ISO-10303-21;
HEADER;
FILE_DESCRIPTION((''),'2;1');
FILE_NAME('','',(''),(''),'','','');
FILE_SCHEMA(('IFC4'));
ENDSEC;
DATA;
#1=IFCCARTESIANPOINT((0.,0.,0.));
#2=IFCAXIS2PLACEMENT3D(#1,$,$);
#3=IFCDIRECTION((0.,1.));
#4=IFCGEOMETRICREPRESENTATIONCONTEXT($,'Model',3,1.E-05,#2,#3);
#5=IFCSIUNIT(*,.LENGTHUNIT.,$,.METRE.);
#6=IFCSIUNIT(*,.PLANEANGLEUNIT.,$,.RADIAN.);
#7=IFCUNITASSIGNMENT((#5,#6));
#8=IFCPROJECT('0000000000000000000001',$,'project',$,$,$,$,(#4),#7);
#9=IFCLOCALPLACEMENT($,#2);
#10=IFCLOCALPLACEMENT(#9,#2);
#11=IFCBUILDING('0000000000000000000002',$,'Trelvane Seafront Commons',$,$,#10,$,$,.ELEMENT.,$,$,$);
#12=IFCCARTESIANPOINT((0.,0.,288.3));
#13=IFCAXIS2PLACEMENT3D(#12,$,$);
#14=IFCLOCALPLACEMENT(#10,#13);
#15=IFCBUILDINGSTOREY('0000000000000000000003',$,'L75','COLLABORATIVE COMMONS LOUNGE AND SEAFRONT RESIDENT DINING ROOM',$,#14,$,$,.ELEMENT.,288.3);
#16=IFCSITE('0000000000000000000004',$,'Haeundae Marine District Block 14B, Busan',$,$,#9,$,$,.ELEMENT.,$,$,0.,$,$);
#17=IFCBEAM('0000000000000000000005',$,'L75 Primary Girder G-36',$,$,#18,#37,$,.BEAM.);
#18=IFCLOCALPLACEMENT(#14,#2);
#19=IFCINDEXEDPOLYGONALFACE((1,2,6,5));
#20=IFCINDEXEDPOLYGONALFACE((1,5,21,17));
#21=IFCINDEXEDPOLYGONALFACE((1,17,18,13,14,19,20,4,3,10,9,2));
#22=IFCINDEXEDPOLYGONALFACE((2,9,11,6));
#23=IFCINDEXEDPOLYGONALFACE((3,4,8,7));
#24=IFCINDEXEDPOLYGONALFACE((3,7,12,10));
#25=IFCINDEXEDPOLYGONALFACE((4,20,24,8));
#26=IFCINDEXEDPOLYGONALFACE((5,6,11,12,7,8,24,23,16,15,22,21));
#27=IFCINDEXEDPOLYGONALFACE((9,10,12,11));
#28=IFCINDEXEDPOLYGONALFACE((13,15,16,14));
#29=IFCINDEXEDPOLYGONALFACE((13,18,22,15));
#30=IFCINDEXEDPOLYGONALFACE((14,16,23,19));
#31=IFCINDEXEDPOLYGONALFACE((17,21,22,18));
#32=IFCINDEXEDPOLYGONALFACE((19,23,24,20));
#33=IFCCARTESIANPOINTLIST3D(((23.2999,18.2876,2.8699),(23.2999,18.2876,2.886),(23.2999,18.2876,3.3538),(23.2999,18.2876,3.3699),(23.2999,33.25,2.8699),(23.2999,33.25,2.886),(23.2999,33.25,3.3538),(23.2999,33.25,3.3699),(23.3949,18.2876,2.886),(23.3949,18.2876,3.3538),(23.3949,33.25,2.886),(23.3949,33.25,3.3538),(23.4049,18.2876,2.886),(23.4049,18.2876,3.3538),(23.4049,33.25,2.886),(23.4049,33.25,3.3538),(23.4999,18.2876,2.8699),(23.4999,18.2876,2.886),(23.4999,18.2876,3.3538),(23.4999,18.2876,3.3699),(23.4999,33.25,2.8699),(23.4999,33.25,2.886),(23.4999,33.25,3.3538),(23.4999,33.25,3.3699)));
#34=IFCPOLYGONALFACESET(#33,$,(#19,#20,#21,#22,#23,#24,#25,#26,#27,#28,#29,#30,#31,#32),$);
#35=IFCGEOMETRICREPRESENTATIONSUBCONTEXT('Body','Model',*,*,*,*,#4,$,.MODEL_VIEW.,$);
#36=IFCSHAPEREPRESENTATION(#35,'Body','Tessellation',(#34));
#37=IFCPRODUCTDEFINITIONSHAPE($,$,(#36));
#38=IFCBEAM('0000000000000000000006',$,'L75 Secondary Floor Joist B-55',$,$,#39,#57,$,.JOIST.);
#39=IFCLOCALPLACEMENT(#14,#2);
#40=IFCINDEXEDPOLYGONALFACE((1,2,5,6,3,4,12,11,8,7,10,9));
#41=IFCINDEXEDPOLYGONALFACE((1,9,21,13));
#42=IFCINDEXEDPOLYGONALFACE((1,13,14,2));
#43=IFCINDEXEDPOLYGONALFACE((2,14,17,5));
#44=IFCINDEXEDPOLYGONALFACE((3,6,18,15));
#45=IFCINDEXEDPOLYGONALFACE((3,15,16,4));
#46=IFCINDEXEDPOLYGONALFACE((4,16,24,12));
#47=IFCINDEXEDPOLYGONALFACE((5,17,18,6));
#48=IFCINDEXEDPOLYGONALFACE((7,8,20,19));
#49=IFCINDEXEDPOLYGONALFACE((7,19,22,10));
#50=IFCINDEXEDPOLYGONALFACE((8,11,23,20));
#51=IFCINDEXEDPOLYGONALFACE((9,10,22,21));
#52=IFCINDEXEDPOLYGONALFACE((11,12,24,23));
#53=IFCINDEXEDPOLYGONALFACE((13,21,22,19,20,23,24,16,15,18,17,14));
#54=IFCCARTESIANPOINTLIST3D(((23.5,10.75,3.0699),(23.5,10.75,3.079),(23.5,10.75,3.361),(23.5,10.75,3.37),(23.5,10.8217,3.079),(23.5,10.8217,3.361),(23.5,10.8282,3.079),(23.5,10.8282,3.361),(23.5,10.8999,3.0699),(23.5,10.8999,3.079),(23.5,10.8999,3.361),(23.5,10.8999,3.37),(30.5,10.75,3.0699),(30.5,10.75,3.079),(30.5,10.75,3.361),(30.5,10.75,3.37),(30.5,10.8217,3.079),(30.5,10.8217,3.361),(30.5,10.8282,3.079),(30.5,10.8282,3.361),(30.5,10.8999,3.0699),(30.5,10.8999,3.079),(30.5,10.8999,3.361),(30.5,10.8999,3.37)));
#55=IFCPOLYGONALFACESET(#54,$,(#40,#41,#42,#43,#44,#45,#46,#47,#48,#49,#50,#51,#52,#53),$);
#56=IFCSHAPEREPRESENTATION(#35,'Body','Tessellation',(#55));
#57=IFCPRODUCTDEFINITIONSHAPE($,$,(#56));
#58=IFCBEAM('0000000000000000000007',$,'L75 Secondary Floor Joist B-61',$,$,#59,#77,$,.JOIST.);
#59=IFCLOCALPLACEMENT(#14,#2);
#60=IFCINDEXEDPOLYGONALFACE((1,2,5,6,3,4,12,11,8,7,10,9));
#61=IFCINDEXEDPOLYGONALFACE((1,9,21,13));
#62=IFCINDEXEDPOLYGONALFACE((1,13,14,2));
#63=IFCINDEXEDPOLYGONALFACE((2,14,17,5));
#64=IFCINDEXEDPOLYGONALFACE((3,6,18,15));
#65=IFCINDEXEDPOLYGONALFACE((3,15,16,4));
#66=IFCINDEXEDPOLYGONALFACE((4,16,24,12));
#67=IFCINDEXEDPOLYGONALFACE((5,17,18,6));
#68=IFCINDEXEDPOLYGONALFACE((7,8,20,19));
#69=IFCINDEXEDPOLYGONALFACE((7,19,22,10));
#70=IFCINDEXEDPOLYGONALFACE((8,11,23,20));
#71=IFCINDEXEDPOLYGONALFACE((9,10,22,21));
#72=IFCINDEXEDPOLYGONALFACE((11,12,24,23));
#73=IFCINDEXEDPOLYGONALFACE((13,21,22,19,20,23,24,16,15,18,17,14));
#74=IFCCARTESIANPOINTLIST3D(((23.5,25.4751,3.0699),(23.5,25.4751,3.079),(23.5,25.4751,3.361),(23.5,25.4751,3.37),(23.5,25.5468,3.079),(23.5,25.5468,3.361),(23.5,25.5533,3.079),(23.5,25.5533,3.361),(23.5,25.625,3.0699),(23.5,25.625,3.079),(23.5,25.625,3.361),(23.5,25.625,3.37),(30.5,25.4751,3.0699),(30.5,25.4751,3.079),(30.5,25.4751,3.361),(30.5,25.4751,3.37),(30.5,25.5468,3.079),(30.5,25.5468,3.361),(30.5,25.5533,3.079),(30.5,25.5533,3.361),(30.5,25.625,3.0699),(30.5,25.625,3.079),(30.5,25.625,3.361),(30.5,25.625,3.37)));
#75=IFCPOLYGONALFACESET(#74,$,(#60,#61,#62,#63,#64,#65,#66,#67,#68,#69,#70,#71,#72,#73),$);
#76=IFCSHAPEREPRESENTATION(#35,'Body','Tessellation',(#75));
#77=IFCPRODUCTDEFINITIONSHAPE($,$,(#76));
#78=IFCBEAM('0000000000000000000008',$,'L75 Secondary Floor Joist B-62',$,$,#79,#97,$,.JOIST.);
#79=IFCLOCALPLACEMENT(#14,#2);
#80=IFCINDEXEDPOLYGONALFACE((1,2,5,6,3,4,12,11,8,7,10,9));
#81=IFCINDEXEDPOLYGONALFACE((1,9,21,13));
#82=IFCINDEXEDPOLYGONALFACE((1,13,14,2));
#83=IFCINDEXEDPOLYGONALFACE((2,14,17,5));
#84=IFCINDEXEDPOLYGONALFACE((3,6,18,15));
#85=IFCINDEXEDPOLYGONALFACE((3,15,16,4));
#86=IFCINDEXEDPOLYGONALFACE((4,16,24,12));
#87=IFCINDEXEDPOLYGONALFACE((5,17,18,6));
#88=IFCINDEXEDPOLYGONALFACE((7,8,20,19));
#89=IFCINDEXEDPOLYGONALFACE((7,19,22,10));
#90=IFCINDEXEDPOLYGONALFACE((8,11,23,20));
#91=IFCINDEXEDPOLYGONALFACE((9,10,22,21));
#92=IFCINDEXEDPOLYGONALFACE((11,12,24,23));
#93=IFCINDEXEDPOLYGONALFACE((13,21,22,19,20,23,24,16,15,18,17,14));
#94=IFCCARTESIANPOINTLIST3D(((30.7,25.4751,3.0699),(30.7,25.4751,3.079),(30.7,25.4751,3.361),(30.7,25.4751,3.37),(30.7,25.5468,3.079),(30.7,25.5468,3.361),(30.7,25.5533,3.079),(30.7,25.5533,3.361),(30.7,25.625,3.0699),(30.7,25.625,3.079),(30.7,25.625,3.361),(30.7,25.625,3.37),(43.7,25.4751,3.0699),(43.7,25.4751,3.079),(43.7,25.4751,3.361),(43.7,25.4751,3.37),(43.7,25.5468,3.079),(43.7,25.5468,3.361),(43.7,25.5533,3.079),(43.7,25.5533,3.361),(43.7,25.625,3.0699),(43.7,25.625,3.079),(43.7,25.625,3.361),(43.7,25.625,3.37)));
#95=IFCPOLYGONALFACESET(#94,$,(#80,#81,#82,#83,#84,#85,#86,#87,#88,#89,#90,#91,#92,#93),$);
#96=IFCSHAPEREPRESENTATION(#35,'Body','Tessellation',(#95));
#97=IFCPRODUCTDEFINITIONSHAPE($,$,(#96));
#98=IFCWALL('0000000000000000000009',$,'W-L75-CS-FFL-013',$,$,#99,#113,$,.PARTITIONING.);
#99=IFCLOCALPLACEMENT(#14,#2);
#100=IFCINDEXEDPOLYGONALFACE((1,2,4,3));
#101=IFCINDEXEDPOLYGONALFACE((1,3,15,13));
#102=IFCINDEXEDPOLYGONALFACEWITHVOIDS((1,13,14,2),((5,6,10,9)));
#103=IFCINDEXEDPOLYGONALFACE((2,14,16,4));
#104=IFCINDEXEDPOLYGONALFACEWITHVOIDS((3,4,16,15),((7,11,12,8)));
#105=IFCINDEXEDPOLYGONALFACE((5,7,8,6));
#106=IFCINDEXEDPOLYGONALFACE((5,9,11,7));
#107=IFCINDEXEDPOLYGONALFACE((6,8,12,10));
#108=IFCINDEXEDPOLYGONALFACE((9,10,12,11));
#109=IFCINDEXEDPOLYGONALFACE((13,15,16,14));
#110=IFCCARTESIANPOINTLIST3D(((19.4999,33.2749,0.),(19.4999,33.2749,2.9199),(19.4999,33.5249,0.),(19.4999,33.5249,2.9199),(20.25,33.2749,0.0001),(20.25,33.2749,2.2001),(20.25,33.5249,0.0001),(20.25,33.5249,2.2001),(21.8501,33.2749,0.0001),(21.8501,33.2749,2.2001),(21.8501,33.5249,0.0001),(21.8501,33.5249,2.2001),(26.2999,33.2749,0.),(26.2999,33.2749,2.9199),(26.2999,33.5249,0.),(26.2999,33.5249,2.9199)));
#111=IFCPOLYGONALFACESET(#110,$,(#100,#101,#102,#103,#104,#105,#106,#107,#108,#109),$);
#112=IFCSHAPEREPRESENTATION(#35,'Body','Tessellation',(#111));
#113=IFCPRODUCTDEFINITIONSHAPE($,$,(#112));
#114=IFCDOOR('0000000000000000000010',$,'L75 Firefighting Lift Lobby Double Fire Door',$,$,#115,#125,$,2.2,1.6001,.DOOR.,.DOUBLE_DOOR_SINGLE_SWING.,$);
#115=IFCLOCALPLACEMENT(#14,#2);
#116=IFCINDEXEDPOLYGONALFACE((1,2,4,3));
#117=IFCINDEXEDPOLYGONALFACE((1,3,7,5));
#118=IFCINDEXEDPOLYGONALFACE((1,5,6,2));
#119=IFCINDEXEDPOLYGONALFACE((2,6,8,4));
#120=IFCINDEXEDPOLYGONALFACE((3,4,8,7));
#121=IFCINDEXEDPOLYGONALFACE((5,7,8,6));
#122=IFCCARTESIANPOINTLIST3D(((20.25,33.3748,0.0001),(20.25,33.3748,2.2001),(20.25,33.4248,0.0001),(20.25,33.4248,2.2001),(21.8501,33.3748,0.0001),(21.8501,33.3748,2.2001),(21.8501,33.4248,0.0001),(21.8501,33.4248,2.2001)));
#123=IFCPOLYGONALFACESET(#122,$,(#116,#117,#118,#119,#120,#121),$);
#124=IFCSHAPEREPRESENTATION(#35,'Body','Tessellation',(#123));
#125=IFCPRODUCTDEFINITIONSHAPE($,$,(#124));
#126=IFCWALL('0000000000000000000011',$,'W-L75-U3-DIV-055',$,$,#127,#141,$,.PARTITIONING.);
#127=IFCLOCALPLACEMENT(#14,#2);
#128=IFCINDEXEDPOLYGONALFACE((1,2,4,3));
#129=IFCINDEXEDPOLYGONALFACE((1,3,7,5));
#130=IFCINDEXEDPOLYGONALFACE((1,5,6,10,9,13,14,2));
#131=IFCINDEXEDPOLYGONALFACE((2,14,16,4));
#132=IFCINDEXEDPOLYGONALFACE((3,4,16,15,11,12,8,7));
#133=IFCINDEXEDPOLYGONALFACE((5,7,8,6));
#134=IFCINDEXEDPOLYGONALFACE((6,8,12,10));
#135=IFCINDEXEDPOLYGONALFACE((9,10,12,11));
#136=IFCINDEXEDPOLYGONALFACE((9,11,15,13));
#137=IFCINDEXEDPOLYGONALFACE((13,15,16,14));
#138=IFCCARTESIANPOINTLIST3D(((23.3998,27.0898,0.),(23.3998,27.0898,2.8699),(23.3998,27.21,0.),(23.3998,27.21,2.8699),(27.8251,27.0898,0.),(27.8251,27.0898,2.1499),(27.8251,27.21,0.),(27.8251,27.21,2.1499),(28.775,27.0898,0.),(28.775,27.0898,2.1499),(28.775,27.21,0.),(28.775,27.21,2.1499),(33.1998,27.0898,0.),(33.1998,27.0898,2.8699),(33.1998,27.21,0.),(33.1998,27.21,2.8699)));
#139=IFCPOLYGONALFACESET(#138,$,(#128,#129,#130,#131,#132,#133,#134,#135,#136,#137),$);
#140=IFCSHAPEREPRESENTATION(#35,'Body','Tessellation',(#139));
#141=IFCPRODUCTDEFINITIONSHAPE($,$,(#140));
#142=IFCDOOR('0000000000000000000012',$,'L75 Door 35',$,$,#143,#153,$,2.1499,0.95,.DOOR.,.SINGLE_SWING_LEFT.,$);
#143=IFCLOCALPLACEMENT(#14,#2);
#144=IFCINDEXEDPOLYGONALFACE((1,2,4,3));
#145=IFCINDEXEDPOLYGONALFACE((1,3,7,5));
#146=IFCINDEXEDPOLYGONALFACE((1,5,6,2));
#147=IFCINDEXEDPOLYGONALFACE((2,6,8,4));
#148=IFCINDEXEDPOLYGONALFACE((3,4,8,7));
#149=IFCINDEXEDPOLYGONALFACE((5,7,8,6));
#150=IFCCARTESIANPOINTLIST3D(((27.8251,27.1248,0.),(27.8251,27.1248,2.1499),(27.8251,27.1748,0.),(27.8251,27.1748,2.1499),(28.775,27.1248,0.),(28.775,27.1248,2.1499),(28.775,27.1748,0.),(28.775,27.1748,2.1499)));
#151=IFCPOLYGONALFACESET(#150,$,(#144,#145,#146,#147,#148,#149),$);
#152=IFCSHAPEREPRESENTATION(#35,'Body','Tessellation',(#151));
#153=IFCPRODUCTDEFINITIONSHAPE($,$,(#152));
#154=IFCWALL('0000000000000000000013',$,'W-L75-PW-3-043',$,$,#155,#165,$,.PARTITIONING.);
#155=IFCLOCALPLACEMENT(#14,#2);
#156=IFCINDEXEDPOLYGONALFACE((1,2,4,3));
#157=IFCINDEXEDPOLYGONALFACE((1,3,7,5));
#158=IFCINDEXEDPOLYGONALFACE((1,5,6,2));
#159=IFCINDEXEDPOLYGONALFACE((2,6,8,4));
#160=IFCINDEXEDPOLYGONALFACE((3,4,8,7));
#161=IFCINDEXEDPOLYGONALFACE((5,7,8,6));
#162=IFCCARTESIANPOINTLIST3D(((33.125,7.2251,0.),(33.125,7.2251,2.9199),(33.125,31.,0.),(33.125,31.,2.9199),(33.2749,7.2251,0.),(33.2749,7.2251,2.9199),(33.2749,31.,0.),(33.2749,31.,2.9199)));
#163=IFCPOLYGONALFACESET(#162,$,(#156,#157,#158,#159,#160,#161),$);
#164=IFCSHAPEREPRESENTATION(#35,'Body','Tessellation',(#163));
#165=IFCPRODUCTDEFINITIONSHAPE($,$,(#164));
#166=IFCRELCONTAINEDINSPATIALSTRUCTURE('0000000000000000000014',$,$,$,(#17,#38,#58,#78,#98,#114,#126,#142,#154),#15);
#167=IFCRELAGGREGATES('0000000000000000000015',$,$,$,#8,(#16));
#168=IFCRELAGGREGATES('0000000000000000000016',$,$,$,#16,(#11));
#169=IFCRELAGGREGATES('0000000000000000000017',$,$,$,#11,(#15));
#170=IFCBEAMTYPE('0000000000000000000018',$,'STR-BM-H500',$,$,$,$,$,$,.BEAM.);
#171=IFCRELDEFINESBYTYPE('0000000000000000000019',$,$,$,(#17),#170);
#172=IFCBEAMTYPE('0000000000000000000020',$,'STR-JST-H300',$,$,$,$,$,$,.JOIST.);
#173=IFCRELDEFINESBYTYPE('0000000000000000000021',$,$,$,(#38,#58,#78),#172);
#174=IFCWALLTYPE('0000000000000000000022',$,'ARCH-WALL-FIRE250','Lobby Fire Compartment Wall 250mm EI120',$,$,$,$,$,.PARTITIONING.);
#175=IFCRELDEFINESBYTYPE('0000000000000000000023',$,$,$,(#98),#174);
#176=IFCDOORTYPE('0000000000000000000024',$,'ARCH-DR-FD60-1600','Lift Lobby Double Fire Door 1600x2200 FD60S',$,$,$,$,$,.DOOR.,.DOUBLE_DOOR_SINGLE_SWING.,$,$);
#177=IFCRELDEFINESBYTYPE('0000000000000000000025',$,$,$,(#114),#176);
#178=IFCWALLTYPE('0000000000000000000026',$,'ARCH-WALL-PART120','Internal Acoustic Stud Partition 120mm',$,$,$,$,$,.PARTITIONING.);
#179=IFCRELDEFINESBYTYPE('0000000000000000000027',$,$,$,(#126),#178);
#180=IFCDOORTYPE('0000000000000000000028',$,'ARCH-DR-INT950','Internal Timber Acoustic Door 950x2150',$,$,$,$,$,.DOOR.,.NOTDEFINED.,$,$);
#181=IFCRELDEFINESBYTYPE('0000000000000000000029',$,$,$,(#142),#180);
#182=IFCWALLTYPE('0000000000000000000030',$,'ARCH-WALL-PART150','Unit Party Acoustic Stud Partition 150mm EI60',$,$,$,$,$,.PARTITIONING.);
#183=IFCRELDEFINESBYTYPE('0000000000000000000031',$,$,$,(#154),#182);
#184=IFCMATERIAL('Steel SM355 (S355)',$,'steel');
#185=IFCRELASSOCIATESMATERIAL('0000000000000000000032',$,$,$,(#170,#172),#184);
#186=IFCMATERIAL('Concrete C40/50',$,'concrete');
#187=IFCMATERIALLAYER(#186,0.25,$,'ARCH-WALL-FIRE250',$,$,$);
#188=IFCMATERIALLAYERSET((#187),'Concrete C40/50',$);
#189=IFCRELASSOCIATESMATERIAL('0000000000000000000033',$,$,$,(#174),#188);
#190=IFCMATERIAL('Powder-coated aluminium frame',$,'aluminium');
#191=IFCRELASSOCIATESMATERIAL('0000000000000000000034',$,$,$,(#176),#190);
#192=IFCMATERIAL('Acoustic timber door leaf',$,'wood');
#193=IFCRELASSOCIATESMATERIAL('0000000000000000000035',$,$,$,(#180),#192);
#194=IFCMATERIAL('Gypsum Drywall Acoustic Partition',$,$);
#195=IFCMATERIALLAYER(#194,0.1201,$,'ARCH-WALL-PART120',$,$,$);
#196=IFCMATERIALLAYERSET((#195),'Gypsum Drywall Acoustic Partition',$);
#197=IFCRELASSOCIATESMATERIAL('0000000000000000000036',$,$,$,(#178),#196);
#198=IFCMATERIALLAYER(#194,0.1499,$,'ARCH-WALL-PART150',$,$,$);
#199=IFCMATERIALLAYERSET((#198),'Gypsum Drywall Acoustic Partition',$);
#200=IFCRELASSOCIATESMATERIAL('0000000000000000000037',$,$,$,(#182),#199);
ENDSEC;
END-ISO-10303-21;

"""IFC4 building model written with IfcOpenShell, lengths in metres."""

from ifc_helpers import new_model, si_unit, direction, frame, frame_2d, origin, origin_2d, place, context, subcontext, project, spatial, rectangle, i_section, extrude, source, transform, mapped, material, layer, layer_set, material_profile, profile_set, type_object, element, fill, save


model = new_model("IFC4")

# Units and contexts
model_context = context("Model", 3, precision=1e-05, world=origin(), true_north=direction((0.0, 1.0)))
body_context = subcontext(model_context, "Body", "Model", "MODEL_VIEW")
ifc_project = project(units=[si_unit("LENGTHUNIT", "METRE"), si_unit("PLANEANGLEUNIT", "RADIAN")], contexts=[model_context])

# Site, building, storey
site_placement = place(None, origin())
site = spatial("IfcSite", under=ifc_project, at=site_placement, Name="Haeundae Marine District Block 14B, Busan", CompositionType="ELEMENT", RefElevation=0.0)
building_placement = place(site_placement, origin())
building = spatial("IfcBuilding", under=site, at=building_placement, Name="Trelvane Seafront Commons", CompositionType="ELEMENT")
storey_placement = place(building_placement, frame((0.0, 0.0, 288.3)))
storey = spatial("IfcBuildingStorey", under=building, at=storey_placement, Name="L75", Description="COLLABORATIVE COMMONS LOUNGE AND SEAFRONT RESIDENT DINING ROOM", CompositionType="ELEMENT", Elevation=288.3)

# Shared definitions
ifc_material_1 = material(Name="Steel SM355 (S355)", Category="steel")

# Beams
ifc_material_profile_1 = material_profile(ifc_material_1, i_section(OverallWidth=0.2, OverallDepth=0.5, WebThickness=0.01, FlangeThickness=0.0161, at=origin_2d()), Name="H-500x200x10x16")
ifc_profile_set_1 = profile_set([ifc_material_profile_1], Name="Steel SM355 (S355)")
beam_type_1 = type_object("IfcBeamType", Name="STR-BM-H500", PredefinedType="BEAM", material=ifc_profile_set_1)
shared_shape_1 = source(origin(), body_context, "Body", "SweptSolid", [
    extrude(i_section(OverallWidth=0.2, OverallDepth=0.5, WebThickness=0.01, FlangeThickness=0.0161, at=origin_2d()), origin(), (0.0, 0.0, 1.0), 14.9624),
])
beam_1_placement = place(storey_placement, frame((23.3999, 18.2876, 3.1199), z_axis=(0.0, 1.0, 0.0), x_axis=(-1.0, 0.0, 0.0)))
element("IfcBeam", 1, at=beam_1_placement, inside=storey, type_object=beam_type_1, Name="L75 Primary Girder G-36", PredefinedType="BEAM", context=body_context, shape_type="MappedRepresentation", body=[
    mapped(shared_shape_1, transform((0.0, 0.0, 0.0), x_axis=(1.0, 0.0, 0.0), y_axis=(0.0, 1.0, 0.0), z_axis=(0.0, 0.0, 1.0), scale=1.0)),
])
ifc_material_profile_2 = material_profile(ifc_material_1, i_section(OverallWidth=0.1499, OverallDepth=0.3, WebThickness=0.0066, FlangeThickness=0.009, at=origin_2d()), Name="H-300x150x6.5x9")
ifc_profile_set_2 = profile_set([ifc_material_profile_2], Name="Steel SM355 (S355)")
beam_type_2 = type_object("IfcBeamType", Name="STR-JST-H300", PredefinedType="JOIST", material=ifc_profile_set_2)
shared_shape_2 = source(origin(), body_context, "Body", "SweptSolid", [
    extrude(i_section(OverallWidth=0.1499, OverallDepth=0.3, WebThickness=0.0066, FlangeThickness=0.009, at=origin_2d()), origin(), (0.0, 0.0, 1.0), 7.0),
])
for number, where, z_axis, x_axis, name in (
    (2, (23.5, 10.825, 3.22), (1.0, 0.0, 0.0), (0.0, 1.0, 0.0), "L75 Secondary Floor Joist B-55"),
    (3, (23.5, 25.55, 3.22), (1.0, 0.0, 0.0), (0.0, 1.0, 0.0), "L75 Secondary Floor Joist B-61"),
):
    element("IfcBeam", number, at=place(storey_placement, frame(where, z_axis=z_axis, x_axis=x_axis)), inside=storey, type_object=beam_type_2, Name=name, PredefinedType="JOIST", context=body_context, shape_type="MappedRepresentation", body=[
        mapped(shared_shape_2, transform((0.0, 0.0, 0.0), x_axis=(1.0, 0.0, 0.0), y_axis=(0.0, 1.0, 0.0), z_axis=(0.0, 0.0, 1.0), scale=1.0)),
    ])
shared_shape_3 = source(origin(), body_context, "Body", "SweptSolid", [
    extrude(i_section(OverallWidth=0.1499, OverallDepth=0.3, WebThickness=0.0066, FlangeThickness=0.009, at=origin_2d()), origin(), (0.0, 0.0, 1.0), 13.0),
])
beam_2_placement = place(storey_placement, frame((30.7, 25.55, 3.22), z_axis=(1.0, 0.0, 0.0), x_axis=(0.0, 1.0, 0.0)))
element("IfcBeam", 4, at=beam_2_placement, inside=storey, type_object=beam_type_2, Name="L75 Secondary Floor Joist B-62", PredefinedType="JOIST", context=body_context, shape_type="MappedRepresentation", body=[
    mapped(shared_shape_3, transform((0.0, 0.0, 0.0), x_axis=(1.0, 0.0, 0.0), y_axis=(0.0, 1.0, 0.0), z_axis=(0.0, 0.0, 1.0), scale=1.0)),
])

# Walls, openings, doors
ifc_material_2 = material(Name="Concrete C40/50", Category="concrete")
ifc_layer_1 = layer(ifc_material_2, 0.25, Name="ARCH-WALL-FIRE250")
ifc_layer_set_1 = layer_set([ifc_layer_1], Name="Concrete C40/50")
wall_type_1 = type_object("IfcWallType", Name="ARCH-WALL-FIRE250", Description="Lobby Fire Compartment Wall 250mm EI120", PredefinedType="PARTITIONING", material=ifc_layer_set_1)
wall_1_placement = place(storey_placement, frame((19.5, 33.3999, 0.0), z_axis=(0.0, 0.0, 1.0), x_axis=(1.0, 0.0, 0.0)))
wall_1 = element("IfcWall", 5, at=wall_1_placement, inside=storey, type_object=wall_type_1, Name="W-L75-CS-FFL-013", PredefinedType="PARTITIONING", context=body_context, shape_type="SweptSolid", body=[
    extrude(rectangle(XDim=6.8, YDim=0.25, at=frame_2d((3.3999, 0.0))), origin(), (0.0, 0.0, 1.0), 2.9199),
])
opening_1_placement = place(wall_1_placement, frame((0.75, 0.0, 0.0)))
opening_1 = element("IfcOpeningElement", 6, at=opening_1_placement, cuts=wall_1, PredefinedType="OPENING", context=body_context, shape_type="SweptSolid", body=[
    extrude(rectangle(XDim=1.6001, YDim=2.2, at=frame_2d((0.8, 1.1001))), frame((0.0, 0.135, 0.0), z_axis=(0.0, -1.0, 0.0), x_axis=(1.0, 0.0, 0.0)), (0.0, 0.0, 1.0), 0.27),
])
ifc_material_3 = material(Name="Powder-coated aluminium frame", Category="aluminium")
door_type_1 = type_object("IfcDoorType", Name="ARCH-DR-FD60-1600", Description="Lift Lobby Double Fire Door 1600x2200 FD60S", OperationType="DOUBLE_DOOR_SINGLE_SWING", PredefinedType="DOOR", material=ifc_material_3)
shared_shape_4 = source(origin(), body_context, "Body", "SweptSolid", [
    extrude(rectangle(XDim=1.6001, YDim=2.2, at=frame_2d((0.8, 1.1001))), frame((0.0, 0.0249, 0.0), z_axis=(0.0, -1.0, 0.0), x_axis=(1.0, 0.0, 0.0)), (0.0, 0.0, 1.0), 0.05),
])
door_1_placement = place(opening_1_placement, origin())
door_1 = element("IfcDoor", 7, at=door_1_placement, inside=storey, type_object=door_type_1, Name="L75 Firefighting Lift Lobby Double Fire Door", OperationType="DOUBLE_DOOR_SINGLE_SWING", OverallHeight=2.2, OverallWidth=1.6001, PredefinedType="DOOR", context=body_context, shape_type="MappedRepresentation", body=[
    mapped(shared_shape_4, transform((0.0, 0.0, 0.0), x_axis=(1.0, 0.0, 0.0), y_axis=(0.0, 1.0, 0.0), z_axis=(0.0, 0.0, 1.0), scale=1.0)),
])
fill(opening_1, door_1)
ifc_material_4 = material(Name="Acoustic timber door leaf", Category="wood")
door_type_2 = type_object("IfcDoorType", Name="ARCH-DR-INT950", Description="Internal Timber Acoustic Door 950x2150", OperationType="NOTDEFINED", PredefinedType="DOOR", material=ifc_material_4)
shared_shape_5 = source(origin(), body_context, "Body", "SweptSolid", [
    extrude(rectangle(XDim=0.95, YDim=2.1499, at=frame_2d((0.4751, 1.075))), frame((0.0, 0.0249, 0.0), z_axis=(0.0, -1.0, 0.0), x_axis=(1.0, 0.0, 0.0)), (0.0, 0.0, 1.0), 0.05),
])
ifc_material_5 = material(Name="Gypsum Drywall Acoustic Partition")
ifc_layer_2 = layer(ifc_material_5, 0.1201, Name="ARCH-WALL-PART120")
ifc_layer_set_2 = layer_set([ifc_layer_2], Name="Gypsum Drywall Acoustic Partition")
wall_type_2 = type_object("IfcWallType", Name="ARCH-WALL-PART120", Description="Internal Acoustic Stud Partition 120mm", PredefinedType="PARTITIONING", material=ifc_layer_set_2)
wall_2_placement = place(storey_placement, frame((23.3999, 27.1499, 0.0), z_axis=(0.0, 0.0, 1.0), x_axis=(1.0, 0.0, 0.0)))
wall_2 = element("IfcWall", 8, at=wall_2_placement, inside=storey, type_object=wall_type_2, Name="W-L75-U3-DIV-055", PredefinedType="PARTITIONING", context=body_context, shape_type="SweptSolid", body=[
    extrude(rectangle(XDim=9.8, YDim=0.1201, at=frame_2d((4.8999, 0.0))), origin(), (0.0, 0.0, 1.0), 2.8699),
])
opening_2_placement = place(wall_2_placement, frame((4.425, 0.0, 0.0)))
opening_2 = element("IfcOpeningElement", 9, at=opening_2_placement, cuts=wall_2, PredefinedType="OPENING", context=body_context, shape_type="SweptSolid", body=[
    extrude(rectangle(XDim=0.95, YDim=2.1499, at=frame_2d((0.4751, 1.075))), frame((0.0, 0.0701, 0.0), z_axis=(0.0, -1.0, 0.0), x_axis=(1.0, 0.0, 0.0)), (0.0, 0.0, 1.0), 0.1401),
])
door_2_placement = place(opening_2_placement, origin())
door_2 = element("IfcDoor", 10, at=door_2_placement, inside=storey, type_object=door_type_2, Name="L75 Door 35", OperationType="SINGLE_SWING_LEFT", OverallHeight=2.1499, OverallWidth=0.95, PredefinedType="DOOR", context=body_context, shape_type="MappedRepresentation", body=[
    mapped(shared_shape_5, transform((0.0, 0.0, 0.0), x_axis=(1.0, 0.0, 0.0), y_axis=(0.0, 1.0, 0.0), z_axis=(0.0, 0.0, 1.0), scale=1.0)),
])
fill(opening_2, door_2)

# Wall
ifc_layer_3 = layer(ifc_material_5, 0.1499, Name="ARCH-WALL-PART150")
ifc_layer_set_3 = layer_set([ifc_layer_3], Name="Gypsum Drywall Acoustic Partition")
wall_type_3 = type_object("IfcWallType", Name="ARCH-WALL-PART150", Description="Unit Party Acoustic Stud Partition 150mm EI60", PredefinedType="PARTITIONING", material=ifc_layer_set_3)
wall_3_placement = place(storey_placement, frame((33.2, 7.2251, 0.0), z_axis=(0.0, 0.0, 1.0), x_axis=(0.0, 1.0, 0.0)))
element("IfcWall", 11, at=wall_3_placement, inside=storey, type_object=wall_type_3, Name="W-L75-PW-3-043", PredefinedType="PARTITIONING", context=body_context, shape_type="SweptSolid", body=[
    extrude(rectangle(XDim=23.7749, YDim=0.1499, at=frame_2d((11.8875, 0.0))), origin(), (0.0, 0.0, 1.0), 2.9199),
])

save(model, "model.ifc")
